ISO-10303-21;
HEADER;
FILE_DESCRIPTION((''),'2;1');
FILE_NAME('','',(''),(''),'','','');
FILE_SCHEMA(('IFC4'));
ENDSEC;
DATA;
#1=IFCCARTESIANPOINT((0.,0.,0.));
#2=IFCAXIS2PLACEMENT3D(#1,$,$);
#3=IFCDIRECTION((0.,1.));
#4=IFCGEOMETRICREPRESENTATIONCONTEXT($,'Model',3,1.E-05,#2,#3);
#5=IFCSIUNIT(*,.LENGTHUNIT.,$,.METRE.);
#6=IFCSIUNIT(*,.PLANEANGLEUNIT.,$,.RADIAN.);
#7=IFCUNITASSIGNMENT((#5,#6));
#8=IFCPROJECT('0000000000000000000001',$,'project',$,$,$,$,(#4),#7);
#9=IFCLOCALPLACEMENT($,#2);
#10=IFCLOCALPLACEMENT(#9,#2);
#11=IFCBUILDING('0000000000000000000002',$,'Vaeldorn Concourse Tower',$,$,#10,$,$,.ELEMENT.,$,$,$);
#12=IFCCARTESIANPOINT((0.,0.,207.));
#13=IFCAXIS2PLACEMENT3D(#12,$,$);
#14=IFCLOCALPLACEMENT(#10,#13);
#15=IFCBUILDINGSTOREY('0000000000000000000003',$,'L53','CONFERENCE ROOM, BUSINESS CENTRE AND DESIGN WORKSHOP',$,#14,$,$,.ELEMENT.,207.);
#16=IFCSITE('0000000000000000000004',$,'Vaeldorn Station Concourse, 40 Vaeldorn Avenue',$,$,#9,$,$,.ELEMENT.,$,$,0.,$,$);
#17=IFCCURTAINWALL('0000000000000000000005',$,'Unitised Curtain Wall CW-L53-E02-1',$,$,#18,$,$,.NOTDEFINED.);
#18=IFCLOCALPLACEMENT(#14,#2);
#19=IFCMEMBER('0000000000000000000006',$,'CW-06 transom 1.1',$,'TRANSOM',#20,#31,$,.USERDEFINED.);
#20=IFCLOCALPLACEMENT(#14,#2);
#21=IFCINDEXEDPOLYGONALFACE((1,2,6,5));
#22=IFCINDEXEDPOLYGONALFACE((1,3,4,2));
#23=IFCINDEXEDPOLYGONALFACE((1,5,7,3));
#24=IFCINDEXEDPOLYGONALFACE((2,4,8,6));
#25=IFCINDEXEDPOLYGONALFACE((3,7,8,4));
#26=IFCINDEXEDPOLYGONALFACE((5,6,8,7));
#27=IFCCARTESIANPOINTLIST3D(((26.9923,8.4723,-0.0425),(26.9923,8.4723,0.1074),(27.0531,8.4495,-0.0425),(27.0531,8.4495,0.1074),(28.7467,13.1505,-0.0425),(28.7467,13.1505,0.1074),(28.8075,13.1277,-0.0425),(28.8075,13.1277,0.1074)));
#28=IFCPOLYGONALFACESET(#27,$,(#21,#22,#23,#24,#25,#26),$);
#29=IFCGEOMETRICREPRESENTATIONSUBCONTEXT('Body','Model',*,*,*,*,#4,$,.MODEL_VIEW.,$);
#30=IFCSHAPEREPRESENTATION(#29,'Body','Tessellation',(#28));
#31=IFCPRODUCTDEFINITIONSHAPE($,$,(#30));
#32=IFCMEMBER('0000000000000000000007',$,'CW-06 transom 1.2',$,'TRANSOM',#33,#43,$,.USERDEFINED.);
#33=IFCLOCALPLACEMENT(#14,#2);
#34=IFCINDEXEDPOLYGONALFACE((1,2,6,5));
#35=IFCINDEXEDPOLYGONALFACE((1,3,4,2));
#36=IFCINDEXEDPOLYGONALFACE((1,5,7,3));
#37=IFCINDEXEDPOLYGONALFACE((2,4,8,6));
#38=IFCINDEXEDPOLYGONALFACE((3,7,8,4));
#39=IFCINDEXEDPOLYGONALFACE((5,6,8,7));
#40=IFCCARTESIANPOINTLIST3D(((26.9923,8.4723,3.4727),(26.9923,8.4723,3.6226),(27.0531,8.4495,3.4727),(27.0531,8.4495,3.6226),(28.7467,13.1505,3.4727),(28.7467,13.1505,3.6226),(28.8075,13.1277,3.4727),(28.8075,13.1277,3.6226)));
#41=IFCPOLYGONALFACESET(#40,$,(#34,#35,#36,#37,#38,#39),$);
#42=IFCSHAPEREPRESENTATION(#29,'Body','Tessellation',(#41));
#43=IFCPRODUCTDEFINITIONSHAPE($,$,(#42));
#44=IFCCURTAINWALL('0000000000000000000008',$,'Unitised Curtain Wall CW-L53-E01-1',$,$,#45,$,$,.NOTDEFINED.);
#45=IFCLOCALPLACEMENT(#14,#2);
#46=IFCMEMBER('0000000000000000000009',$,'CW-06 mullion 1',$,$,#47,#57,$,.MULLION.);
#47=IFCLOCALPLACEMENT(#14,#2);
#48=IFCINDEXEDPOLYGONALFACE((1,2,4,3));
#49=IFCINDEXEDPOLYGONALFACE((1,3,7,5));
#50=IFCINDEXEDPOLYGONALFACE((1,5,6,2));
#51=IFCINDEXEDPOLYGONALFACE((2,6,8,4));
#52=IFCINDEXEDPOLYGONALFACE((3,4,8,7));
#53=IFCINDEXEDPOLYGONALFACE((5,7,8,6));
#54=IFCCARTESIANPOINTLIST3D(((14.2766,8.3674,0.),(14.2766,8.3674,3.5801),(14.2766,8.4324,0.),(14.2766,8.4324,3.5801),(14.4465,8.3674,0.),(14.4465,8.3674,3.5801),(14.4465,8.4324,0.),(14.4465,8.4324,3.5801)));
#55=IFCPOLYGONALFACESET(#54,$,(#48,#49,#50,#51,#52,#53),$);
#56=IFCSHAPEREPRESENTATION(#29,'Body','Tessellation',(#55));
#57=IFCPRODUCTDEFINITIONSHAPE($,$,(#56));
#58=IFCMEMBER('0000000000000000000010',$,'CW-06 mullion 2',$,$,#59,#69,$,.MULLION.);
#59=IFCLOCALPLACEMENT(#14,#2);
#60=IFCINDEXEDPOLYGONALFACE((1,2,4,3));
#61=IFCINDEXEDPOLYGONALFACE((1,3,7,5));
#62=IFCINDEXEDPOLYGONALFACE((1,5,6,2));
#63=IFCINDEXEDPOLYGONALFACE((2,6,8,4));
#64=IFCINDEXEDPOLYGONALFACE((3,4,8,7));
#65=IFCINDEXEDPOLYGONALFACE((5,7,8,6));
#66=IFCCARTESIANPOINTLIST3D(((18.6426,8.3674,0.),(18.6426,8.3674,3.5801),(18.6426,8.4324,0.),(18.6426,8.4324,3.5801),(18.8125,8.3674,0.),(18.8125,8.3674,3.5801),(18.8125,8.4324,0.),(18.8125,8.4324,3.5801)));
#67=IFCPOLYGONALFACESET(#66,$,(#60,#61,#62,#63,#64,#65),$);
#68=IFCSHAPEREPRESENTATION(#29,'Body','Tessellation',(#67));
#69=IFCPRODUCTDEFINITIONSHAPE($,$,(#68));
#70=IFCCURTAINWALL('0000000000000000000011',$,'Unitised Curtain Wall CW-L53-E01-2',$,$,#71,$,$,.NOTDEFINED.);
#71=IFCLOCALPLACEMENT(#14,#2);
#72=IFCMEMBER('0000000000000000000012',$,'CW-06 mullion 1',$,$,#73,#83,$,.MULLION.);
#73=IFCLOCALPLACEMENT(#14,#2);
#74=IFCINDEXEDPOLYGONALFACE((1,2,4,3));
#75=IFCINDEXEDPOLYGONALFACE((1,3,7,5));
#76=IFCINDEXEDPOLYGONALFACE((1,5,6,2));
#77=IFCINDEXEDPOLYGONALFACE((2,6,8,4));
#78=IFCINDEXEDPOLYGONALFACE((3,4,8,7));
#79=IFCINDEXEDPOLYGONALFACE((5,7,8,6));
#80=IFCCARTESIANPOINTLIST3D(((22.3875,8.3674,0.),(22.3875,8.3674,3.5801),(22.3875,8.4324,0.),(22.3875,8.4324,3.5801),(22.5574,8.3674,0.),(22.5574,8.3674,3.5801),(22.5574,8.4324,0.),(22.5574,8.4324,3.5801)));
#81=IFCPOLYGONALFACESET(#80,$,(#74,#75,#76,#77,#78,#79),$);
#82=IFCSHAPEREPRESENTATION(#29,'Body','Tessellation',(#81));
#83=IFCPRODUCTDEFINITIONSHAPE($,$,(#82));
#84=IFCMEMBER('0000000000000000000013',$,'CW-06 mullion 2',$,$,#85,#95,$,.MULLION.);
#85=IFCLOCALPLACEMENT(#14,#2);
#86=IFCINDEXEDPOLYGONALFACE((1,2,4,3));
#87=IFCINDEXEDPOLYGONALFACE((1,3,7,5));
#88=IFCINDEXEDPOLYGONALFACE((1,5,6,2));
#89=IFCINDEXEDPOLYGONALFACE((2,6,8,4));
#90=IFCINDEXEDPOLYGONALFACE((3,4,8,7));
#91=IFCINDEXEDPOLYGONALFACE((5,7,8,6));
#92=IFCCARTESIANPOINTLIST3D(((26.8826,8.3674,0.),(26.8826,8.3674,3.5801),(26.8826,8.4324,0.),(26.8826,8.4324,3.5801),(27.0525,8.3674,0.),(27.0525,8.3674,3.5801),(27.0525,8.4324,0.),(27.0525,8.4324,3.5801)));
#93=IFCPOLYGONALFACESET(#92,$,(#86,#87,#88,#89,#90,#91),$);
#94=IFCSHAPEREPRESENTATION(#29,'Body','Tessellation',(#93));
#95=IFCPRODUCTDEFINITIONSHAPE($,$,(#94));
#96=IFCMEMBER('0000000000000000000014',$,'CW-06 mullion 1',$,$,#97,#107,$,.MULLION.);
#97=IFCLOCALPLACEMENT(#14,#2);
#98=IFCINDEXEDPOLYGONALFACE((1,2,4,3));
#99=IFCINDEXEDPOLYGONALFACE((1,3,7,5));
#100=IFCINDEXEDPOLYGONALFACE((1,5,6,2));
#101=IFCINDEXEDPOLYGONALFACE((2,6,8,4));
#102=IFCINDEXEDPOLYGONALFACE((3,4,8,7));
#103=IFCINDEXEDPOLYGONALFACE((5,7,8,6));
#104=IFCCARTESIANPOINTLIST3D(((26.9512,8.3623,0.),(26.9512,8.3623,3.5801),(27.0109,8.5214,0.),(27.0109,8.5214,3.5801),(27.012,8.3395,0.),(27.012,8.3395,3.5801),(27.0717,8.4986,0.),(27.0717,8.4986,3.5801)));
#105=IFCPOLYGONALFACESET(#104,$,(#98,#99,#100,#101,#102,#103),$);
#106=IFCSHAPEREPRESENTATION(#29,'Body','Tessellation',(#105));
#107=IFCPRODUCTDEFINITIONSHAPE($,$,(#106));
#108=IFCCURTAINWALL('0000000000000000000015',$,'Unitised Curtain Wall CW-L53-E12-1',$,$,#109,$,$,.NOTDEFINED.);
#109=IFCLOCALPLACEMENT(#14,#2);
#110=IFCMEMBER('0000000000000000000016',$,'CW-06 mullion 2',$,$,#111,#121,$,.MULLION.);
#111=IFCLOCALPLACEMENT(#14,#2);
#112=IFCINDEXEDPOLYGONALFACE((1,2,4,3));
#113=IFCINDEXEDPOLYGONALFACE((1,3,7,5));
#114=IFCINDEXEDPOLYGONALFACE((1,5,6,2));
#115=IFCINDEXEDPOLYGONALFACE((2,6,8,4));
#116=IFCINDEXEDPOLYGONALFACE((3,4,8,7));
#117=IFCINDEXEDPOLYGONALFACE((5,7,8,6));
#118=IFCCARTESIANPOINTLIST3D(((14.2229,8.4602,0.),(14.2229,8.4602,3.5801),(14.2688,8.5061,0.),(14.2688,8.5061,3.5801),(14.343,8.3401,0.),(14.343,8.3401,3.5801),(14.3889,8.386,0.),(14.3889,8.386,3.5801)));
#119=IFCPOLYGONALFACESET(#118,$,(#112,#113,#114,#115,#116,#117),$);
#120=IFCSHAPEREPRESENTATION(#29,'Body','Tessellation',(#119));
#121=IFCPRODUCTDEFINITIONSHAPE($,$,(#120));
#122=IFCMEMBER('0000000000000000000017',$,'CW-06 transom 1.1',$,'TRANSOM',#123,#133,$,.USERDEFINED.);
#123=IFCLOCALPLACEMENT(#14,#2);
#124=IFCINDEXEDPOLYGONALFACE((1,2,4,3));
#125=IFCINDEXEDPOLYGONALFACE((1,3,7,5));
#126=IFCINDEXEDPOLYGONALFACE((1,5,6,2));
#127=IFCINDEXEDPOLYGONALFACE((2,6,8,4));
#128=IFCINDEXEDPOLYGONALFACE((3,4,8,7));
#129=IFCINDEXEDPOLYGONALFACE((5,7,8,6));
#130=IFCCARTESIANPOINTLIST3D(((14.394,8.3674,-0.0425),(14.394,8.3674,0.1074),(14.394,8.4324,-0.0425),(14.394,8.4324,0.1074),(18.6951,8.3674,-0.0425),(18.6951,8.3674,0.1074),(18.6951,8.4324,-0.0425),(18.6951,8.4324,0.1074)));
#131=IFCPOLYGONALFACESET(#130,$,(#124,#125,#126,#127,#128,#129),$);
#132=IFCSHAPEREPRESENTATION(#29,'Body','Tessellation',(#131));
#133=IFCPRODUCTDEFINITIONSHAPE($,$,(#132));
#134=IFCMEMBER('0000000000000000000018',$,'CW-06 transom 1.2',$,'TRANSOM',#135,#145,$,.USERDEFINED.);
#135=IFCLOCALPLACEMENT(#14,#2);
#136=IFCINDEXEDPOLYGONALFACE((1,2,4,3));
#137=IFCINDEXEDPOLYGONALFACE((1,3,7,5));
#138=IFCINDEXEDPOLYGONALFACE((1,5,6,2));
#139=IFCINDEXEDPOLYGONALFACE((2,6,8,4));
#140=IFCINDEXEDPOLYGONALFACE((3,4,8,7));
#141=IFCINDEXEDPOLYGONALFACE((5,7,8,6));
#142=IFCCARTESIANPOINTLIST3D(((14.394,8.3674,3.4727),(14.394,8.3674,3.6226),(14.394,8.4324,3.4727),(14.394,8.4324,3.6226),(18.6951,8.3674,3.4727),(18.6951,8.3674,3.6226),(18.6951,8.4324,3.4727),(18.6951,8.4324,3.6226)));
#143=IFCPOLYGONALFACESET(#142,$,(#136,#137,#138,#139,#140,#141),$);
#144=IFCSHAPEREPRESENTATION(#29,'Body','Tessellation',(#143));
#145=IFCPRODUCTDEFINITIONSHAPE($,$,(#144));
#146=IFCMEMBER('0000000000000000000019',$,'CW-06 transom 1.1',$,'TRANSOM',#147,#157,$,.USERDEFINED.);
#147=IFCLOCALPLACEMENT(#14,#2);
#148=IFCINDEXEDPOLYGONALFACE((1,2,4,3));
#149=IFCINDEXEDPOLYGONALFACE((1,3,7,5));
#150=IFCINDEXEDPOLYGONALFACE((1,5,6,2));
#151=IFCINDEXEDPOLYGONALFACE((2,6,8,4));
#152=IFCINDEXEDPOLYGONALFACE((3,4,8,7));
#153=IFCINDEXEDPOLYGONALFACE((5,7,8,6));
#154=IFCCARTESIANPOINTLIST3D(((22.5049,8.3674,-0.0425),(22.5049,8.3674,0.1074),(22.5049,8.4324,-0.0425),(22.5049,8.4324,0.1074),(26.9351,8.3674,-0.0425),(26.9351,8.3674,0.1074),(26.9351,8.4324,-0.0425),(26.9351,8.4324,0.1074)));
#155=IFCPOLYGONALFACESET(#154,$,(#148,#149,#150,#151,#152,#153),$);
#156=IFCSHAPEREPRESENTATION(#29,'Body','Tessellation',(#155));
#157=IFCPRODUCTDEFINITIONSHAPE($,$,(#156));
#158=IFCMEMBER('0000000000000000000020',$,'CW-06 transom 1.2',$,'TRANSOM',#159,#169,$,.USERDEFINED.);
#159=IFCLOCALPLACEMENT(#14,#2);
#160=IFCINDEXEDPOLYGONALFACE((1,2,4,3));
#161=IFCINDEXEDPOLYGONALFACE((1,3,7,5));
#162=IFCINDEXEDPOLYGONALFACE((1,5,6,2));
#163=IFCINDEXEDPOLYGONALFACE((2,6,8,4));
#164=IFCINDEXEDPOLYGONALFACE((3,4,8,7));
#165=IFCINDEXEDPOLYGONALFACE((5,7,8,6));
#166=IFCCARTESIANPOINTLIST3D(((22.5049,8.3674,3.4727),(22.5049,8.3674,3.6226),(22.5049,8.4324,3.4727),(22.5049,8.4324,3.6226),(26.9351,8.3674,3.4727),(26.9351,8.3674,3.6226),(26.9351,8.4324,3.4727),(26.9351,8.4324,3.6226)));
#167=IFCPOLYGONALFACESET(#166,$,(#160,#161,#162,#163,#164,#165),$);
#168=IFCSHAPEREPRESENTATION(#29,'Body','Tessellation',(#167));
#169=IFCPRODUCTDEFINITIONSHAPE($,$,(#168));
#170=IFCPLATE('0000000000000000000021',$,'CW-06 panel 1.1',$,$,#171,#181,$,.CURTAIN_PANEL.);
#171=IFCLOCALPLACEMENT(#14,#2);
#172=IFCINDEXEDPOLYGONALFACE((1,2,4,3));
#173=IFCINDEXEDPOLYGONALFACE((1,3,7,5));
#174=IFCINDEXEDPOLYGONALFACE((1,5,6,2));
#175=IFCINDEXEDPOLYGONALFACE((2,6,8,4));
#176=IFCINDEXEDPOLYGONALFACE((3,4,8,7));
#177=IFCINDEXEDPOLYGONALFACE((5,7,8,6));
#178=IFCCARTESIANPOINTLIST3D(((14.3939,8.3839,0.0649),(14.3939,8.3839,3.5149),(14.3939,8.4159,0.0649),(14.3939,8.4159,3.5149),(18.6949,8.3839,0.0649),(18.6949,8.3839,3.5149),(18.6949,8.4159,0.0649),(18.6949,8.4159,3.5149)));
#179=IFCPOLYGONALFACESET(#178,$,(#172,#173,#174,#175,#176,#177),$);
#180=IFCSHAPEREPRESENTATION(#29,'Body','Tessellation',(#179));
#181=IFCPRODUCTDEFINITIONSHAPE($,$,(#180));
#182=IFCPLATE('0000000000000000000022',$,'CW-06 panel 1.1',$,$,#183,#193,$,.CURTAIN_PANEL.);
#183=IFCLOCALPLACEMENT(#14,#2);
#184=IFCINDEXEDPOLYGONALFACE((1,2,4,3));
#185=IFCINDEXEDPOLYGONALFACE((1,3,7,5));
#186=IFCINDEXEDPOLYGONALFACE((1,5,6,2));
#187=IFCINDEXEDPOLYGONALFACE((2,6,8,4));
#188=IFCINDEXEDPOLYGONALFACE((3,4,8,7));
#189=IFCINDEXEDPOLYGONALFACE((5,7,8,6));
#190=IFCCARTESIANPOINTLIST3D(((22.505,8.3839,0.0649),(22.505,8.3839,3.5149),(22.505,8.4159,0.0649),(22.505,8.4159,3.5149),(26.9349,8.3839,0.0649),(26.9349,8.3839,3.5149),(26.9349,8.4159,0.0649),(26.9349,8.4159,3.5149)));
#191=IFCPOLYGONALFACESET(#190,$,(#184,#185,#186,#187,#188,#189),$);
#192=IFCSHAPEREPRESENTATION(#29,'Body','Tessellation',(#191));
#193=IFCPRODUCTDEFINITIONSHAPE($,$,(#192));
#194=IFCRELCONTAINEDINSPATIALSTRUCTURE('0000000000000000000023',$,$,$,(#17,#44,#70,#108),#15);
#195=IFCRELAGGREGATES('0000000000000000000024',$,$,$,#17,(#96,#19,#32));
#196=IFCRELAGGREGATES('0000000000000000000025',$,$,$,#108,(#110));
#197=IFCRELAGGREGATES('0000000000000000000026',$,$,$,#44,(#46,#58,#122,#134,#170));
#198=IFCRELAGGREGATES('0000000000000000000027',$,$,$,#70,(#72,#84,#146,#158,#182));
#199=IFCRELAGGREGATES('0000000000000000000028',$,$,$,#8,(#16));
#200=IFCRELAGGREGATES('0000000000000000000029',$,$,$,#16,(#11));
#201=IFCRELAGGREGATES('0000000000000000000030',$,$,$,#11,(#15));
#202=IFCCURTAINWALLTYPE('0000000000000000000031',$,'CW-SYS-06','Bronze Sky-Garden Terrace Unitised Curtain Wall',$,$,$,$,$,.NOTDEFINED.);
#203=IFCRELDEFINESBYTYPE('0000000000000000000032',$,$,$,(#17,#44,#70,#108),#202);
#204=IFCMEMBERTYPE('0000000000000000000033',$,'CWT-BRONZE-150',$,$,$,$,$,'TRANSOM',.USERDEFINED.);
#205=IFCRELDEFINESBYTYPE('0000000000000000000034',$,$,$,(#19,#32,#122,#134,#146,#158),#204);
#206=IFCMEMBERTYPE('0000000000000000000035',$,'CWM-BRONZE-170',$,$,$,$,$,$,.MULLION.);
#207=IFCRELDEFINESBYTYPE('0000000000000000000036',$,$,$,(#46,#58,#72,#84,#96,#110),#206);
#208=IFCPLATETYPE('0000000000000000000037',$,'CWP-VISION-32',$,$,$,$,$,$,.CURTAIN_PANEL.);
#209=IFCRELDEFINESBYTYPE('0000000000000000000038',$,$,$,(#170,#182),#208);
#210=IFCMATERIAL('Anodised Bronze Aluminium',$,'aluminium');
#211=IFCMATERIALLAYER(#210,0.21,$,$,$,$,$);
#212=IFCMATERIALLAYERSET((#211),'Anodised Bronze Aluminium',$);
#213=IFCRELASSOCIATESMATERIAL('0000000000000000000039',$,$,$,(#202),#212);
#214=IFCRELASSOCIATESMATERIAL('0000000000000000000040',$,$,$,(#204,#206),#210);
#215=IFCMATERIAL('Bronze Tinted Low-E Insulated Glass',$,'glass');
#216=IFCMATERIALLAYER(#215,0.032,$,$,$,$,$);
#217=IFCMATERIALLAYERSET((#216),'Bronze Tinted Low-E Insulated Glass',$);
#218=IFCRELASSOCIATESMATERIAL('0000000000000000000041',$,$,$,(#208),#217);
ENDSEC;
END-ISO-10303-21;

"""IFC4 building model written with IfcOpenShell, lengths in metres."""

from ifc_helpers import new_model, si_unit, direction, frame, origin, origin_2d, place, context, subcontext, project, spatial, rectangle, extrude, source, transform, mapped, material, layer, layer_set, material_profile, profile_set, type_object, element, aggregate, save


model = new_model("IFC4")

# Units and contexts
model_context = context("Model", 3, precision=1e-05, world=origin(), true_north=direction((0.0, 1.0)))
body_context = subcontext(model_context, "Body", "Model", "MODEL_VIEW")
ifc_project = project(units=[si_unit("LENGTHUNIT", "METRE"), si_unit("PLANEANGLEUNIT", "RADIAN")], contexts=[model_context])

# Site, building, storey
site_placement = place(None, origin())
site = spatial("IfcSite", under=ifc_project, at=site_placement, Name="Vaeldorn Station Concourse, 40 Vaeldorn Avenue", CompositionType="ELEMENT", RefElevation=0.0)
building_placement = place(site_placement, origin())
building = spatial("IfcBuilding", under=site, at=building_placement, Name="Vaeldorn Concourse Tower", CompositionType="ELEMENT")
storey_placement = place(building_placement, frame((0.0, 0.0, 207.0)))
storey = spatial("IfcBuildingStorey", under=building, at=storey_placement, Name="L53", Description="CONFERENCE ROOM, BUSINESS CENTRE AND DESIGN WORKSHOP", CompositionType="ELEMENT", Elevation=207.0)

# Curtain walls, members
ifc_material_1 = material(Name="Anodised Bronze Aluminium", Category="aluminium")
ifc_layer_1 = layer(ifc_material_1, 0.21)
ifc_layer_set_1 = layer_set([ifc_layer_1], Name="Anodised Bronze Aluminium")
curtain_wall_type = type_object("IfcCurtainWallType", Name="CW-SYS-06", Description="Bronze Sky-Garden Terrace Unitised Curtain Wall", PredefinedType="NOTDEFINED", material=ifc_layer_set_1)
curtain_wall_1_placement = place(storey_placement, origin())
curtain_wall_1 = element("IfcCurtainWall", 1, at=curtain_wall_1_placement, inside=storey, type_object=curtain_wall_type, Name="Unitised Curtain Wall CW-L53-E02-1", PredefinedType="NOTDEFINED")
ifc_material_profile_1 = material_profile(ifc_material_1, rectangle(XDim=0.0649, YDim=0.1499, at=origin_2d()), Name="CWT 65x150")
ifc_profile_set_1 = profile_set([ifc_material_profile_1], Name="Anodised Bronze Aluminium")
member_type_1 = type_object("IfcMemberType", Name="CWT-BRONZE-150", ElementType="TRANSOM", PredefinedType="USERDEFINED", material=ifc_profile_set_1)
shared_shape_1 = source(origin(), body_context, "Body", "SweptSolid", [
    extrude(rectangle(XDim=0.0649, YDim=0.1499, at=origin_2d()), origin(), (0.0, 0.0, 1.0), 4.9963),
])
member_1_placement = place(storey_placement, frame((27.0227, 8.4609, 0.0325), z_axis=(0.351134, 0.936325, 0.0), x_axis=(-0.936325, 0.351134, 0.0)))
member_1 = element("IfcMember", 2, at=member_1_placement, type_object=member_type_1, Name="CW-06 transom 1.1", ObjectType="TRANSOM", PredefinedType="USERDEFINED", context=body_context, shape_type="MappedRepresentation", body=[
    mapped(shared_shape_1, transform((0.0, 0.0, 0.0), scale=1.0)),
])
member_2_placement = place(storey_placement, frame((27.0227, 8.4609, 3.5476), z_axis=(0.351134, 0.936325, 0.0), x_axis=(-0.936325, 0.351134, 0.0)))
member_2 = element("IfcMember", 3, at=member_2_placement, type_object=member_type_1, Name="CW-06 transom 1.2", ObjectType="TRANSOM", PredefinedType="USERDEFINED", context=body_context, shape_type="MappedRepresentation", body=[
    mapped(shared_shape_1, transform((0.0, 0.0, 0.0), scale=1.0)),
])
curtain_wall_2_placement = place(storey_placement, origin())
curtain_wall_2 = element("IfcCurtainWall", 4, at=curtain_wall_2_placement, inside=storey, type_object=curtain_wall_type, Name="Unitised Curtain Wall CW-L53-E01-1", PredefinedType="NOTDEFINED")
ifc_material_profile_2 = material_profile(ifc_material_1, rectangle(XDim=0.0649, YDim=0.1699, at=origin_2d()), Name="CWM 65x170")
ifc_profile_set_2 = profile_set([ifc_material_profile_2], Name="Anodised Bronze Aluminium")
member_type_2 = type_object("IfcMemberType", Name="CWM-BRONZE-170", PredefinedType="MULLION", material=ifc_profile_set_2)
shared_shape_2 = source(origin(), body_context, "Body", "SweptSolid", [
    extrude(rectangle(XDim=0.0649, YDim=0.1699, at=origin_2d()), origin(), (0.0, 0.0, 1.0), 3.5801),
])
member_3_placement = place(storey_placement, frame((14.3616, 8.3999, 0.0), z_axis=(0.0, 0.0, 1.0), x_axis=(0.0, 1.0, 0.0)))
member_3 = element("IfcMember", 5, at=member_3_placement, type_object=member_type_2, Name="CW-06 mullion 1", PredefinedType="MULLION", context=body_context, shape_type="MappedRepresentation", body=[
    mapped(shared_shape_2, transform((0.0, 0.0, 0.0), scale=1.0)),
])
member_4_placement = place(storey_placement, frame((18.7275, 8.3999, 0.0), z_axis=(0.0, 0.0, 1.0), x_axis=(0.0, 1.0, 0.0)))
member_4 = element("IfcMember", 6, at=member_4_placement, type_object=member_type_2, Name="CW-06 mullion 2", PredefinedType="MULLION", context=body_context, shape_type="MappedRepresentation", body=[
    mapped(shared_shape_2, transform((0.0, 0.0, 0.0), scale=1.0)),
])
curtain_wall_3_placement = place(storey_placement, origin())
curtain_wall_3 = element("IfcCurtainWall", 7, at=curtain_wall_3_placement, inside=storey, type_object=curtain_wall_type, Name="Unitised Curtain Wall CW-L53-E01-2", PredefinedType="NOTDEFINED")
member_5_placement = place(storey_placement, frame((22.4724, 8.3999, 0.0), z_axis=(0.0, 0.0, 1.0), x_axis=(0.0, 1.0, 0.0)))
member_5 = element("IfcMember", 8, at=member_5_placement, type_object=member_type_2, Name="CW-06 mullion 1", PredefinedType="MULLION", context=body_context, shape_type="MappedRepresentation", body=[
    mapped(shared_shape_2, transform((0.0, 0.0, 0.0), scale=1.0)),
])
member_6_placement = place(storey_placement, frame((26.9675, 8.3999, 0.0), z_axis=(0.0, 0.0, 1.0), x_axis=(0.0, 1.0, 0.0)))
member_6 = element("IfcMember", 9, at=member_6_placement, type_object=member_type_2, Name="CW-06 mullion 2", PredefinedType="MULLION", context=body_context, shape_type="MappedRepresentation", body=[
    mapped(shared_shape_2, transform((0.0, 0.0, 0.0), scale=1.0)),
])

# Member
member_7_placement = place(storey_placement, frame((27.0115, 8.4304, 0.0), z_axis=(0.0, 0.0, 1.0), x_axis=(-0.936329, 0.351123, 0.0)))
member_7 = element("IfcMember", 10, at=member_7_placement, type_object=member_type_2, Name="CW-06 mullion 1", PredefinedType="MULLION", context=body_context, shape_type="MappedRepresentation", body=[
    mapped(shared_shape_2, transform((0.0, 0.0, 0.0), scale=1.0)),
])
aggregate(curtain_wall_1, [member_7, member_1, member_2])

# Curtain wall, member
curtain_wall_4_placement = place(storey_placement, origin())
curtain_wall_4 = element("IfcCurtainWall", 11, at=curtain_wall_4_placement, inside=storey, type_object=curtain_wall_type, Name="Unitised Curtain Wall CW-L53-E12-1", PredefinedType="NOTDEFINED")
member_8_placement = place(storey_placement, frame((14.3059, 8.4231, 0.0), z_axis=(0.0, 0.0, 1.0), x_axis=(0.707107, 0.707107, 0.0)))
member_8 = element("IfcMember", 12, at=member_8_placement, type_object=member_type_2, Name="CW-06 mullion 2", PredefinedType="MULLION", context=body_context, shape_type="MappedRepresentation", body=[
    mapped(shared_shape_2, transform((0.0, 0.0, 0.0), scale=1.0)),
])
aggregate(curtain_wall_4, [member_8])

# Members
shared_shape_3 = source(origin(), body_context, "Body", "SweptSolid", [
    extrude(rectangle(XDim=0.0649, YDim=0.1499, at=origin_2d()), origin(), (0.0, 0.0, 1.0), 4.301),
])
member_9_placement = place(storey_placement, frame((14.394, 8.3999, 0.0325), z_axis=(1.0, 0.0, 0.0), x_axis=(0.0, 1.0, 0.0)))
member_9 = element("IfcMember", 13, at=member_9_placement, type_object=member_type_1, Name="CW-06 transom 1.1", ObjectType="TRANSOM", PredefinedType="USERDEFINED", context=body_context, shape_type="MappedRepresentation", body=[
    mapped(shared_shape_3, transform((0.0, 0.0, 0.0), scale=1.0)),
])
member_10_placement = place(storey_placement, frame((14.394, 8.3999, 3.5476), z_axis=(1.0, 0.0, 0.0), x_axis=(0.0, 1.0, 0.0)))
member_10 = element("IfcMember", 14, at=member_10_placement, type_object=member_type_1, Name="CW-06 transom 1.2", ObjectType="TRANSOM", PredefinedType="USERDEFINED", context=body_context, shape_type="MappedRepresentation", body=[
    mapped(shared_shape_3, transform((0.0, 0.0, 0.0), scale=1.0)),
])
shared_shape_4 = source(origin(), body_context, "Body", "SweptSolid", [
    extrude(rectangle(XDim=0.0649, YDim=0.1499, at=origin_2d()), origin(), (0.0, 0.0, 1.0), 4.4302),
])
member_11_placement = place(storey_placement, frame((22.5049, 8.3999, 0.0325), z_axis=(1.0, 0.0, 0.0), x_axis=(0.0, 1.0, 0.0)))
member_11 = element("IfcMember", 15, at=member_11_placement, type_object=member_type_1, Name="CW-06 transom 1.1", ObjectType="TRANSOM", PredefinedType="USERDEFINED", context=body_context, shape_type="MappedRepresentation", body=[
    mapped(shared_shape_4, transform((0.0, 0.0, 0.0), scale=1.0)),
])
member_12_placement = place(storey_placement, frame((22.5049, 8.3999, 3.5476), z_axis=(1.0, 0.0, 0.0), x_axis=(0.0, 1.0, 0.0)))
member_12 = element("IfcMember", 16, at=member_12_placement, type_object=member_type_1, Name="CW-06 transom 1.2", ObjectType="TRANSOM", PredefinedType="USERDEFINED", context=body_context, shape_type="MappedRepresentation", body=[
    mapped(shared_shape_4, transform((0.0, 0.0, 0.0), scale=1.0)),
])

# Plates
ifc_material_2 = material(Name="Bronze Tinted Low-E Insulated Glass", Category="glass")
ifc_layer_2 = layer(ifc_material_2, 0.032)
ifc_layer_set_2 = layer_set([ifc_layer_2], Name="Bronze Tinted Low-E Insulated Glass")
plate_type = type_object("IfcPlateType", Name="CWP-VISION-32", PredefinedType="CURTAIN_PANEL", material=ifc_layer_set_2)
shared_shape_5 = source(origin(), body_context, "Body", "SweptSolid", [
    extrude(rectangle(XDim=4.301, YDim=0.032, at=origin_2d()), origin(), (0.0, 0.0, 1.0), 3.45),
])
plate_1_placement = place(storey_placement, frame((16.5444, 8.3999, 0.0649), z_axis=(0.0, 0.0, 1.0), x_axis=(1.0, 0.0, 0.0)))
plate_1 = element("IfcPlate", 17, at=plate_1_placement, type_object=plate_type, Name="CW-06 panel 1.1", PredefinedType="CURTAIN_PANEL", context=body_context, shape_type="MappedRepresentation", body=[
    mapped(shared_shape_5, transform((0.0, 0.0, 0.0), scale=1.0)),
])
aggregate(curtain_wall_2, [member_3, member_4, member_9, member_10, plate_1])
shared_shape_6 = source(origin(), body_context, "Body", "SweptSolid", [
    extrude(rectangle(XDim=4.4299, YDim=0.032, at=origin_2d()), origin(), (0.0, 0.0, 1.0), 3.45),
])
plate_2_placement = place(storey_placement, frame((24.72, 8.3999, 0.0649), z_axis=(0.0, 0.0, 1.0), x_axis=(1.0, 0.0, 0.0)))
plate_2 = element("IfcPlate", 18, at=plate_2_placement, type_object=plate_type, Name="CW-06 panel 1.1", PredefinedType="CURTAIN_PANEL", context=body_context, shape_type="MappedRepresentation", body=[
    mapped(shared_shape_6, transform((0.0, 0.0, 0.0), scale=1.0)),
])
aggregate(curtain_wall_3, [member_5, member_6, member_11, member_12, plate_2])

save(model, "model.ifc")
